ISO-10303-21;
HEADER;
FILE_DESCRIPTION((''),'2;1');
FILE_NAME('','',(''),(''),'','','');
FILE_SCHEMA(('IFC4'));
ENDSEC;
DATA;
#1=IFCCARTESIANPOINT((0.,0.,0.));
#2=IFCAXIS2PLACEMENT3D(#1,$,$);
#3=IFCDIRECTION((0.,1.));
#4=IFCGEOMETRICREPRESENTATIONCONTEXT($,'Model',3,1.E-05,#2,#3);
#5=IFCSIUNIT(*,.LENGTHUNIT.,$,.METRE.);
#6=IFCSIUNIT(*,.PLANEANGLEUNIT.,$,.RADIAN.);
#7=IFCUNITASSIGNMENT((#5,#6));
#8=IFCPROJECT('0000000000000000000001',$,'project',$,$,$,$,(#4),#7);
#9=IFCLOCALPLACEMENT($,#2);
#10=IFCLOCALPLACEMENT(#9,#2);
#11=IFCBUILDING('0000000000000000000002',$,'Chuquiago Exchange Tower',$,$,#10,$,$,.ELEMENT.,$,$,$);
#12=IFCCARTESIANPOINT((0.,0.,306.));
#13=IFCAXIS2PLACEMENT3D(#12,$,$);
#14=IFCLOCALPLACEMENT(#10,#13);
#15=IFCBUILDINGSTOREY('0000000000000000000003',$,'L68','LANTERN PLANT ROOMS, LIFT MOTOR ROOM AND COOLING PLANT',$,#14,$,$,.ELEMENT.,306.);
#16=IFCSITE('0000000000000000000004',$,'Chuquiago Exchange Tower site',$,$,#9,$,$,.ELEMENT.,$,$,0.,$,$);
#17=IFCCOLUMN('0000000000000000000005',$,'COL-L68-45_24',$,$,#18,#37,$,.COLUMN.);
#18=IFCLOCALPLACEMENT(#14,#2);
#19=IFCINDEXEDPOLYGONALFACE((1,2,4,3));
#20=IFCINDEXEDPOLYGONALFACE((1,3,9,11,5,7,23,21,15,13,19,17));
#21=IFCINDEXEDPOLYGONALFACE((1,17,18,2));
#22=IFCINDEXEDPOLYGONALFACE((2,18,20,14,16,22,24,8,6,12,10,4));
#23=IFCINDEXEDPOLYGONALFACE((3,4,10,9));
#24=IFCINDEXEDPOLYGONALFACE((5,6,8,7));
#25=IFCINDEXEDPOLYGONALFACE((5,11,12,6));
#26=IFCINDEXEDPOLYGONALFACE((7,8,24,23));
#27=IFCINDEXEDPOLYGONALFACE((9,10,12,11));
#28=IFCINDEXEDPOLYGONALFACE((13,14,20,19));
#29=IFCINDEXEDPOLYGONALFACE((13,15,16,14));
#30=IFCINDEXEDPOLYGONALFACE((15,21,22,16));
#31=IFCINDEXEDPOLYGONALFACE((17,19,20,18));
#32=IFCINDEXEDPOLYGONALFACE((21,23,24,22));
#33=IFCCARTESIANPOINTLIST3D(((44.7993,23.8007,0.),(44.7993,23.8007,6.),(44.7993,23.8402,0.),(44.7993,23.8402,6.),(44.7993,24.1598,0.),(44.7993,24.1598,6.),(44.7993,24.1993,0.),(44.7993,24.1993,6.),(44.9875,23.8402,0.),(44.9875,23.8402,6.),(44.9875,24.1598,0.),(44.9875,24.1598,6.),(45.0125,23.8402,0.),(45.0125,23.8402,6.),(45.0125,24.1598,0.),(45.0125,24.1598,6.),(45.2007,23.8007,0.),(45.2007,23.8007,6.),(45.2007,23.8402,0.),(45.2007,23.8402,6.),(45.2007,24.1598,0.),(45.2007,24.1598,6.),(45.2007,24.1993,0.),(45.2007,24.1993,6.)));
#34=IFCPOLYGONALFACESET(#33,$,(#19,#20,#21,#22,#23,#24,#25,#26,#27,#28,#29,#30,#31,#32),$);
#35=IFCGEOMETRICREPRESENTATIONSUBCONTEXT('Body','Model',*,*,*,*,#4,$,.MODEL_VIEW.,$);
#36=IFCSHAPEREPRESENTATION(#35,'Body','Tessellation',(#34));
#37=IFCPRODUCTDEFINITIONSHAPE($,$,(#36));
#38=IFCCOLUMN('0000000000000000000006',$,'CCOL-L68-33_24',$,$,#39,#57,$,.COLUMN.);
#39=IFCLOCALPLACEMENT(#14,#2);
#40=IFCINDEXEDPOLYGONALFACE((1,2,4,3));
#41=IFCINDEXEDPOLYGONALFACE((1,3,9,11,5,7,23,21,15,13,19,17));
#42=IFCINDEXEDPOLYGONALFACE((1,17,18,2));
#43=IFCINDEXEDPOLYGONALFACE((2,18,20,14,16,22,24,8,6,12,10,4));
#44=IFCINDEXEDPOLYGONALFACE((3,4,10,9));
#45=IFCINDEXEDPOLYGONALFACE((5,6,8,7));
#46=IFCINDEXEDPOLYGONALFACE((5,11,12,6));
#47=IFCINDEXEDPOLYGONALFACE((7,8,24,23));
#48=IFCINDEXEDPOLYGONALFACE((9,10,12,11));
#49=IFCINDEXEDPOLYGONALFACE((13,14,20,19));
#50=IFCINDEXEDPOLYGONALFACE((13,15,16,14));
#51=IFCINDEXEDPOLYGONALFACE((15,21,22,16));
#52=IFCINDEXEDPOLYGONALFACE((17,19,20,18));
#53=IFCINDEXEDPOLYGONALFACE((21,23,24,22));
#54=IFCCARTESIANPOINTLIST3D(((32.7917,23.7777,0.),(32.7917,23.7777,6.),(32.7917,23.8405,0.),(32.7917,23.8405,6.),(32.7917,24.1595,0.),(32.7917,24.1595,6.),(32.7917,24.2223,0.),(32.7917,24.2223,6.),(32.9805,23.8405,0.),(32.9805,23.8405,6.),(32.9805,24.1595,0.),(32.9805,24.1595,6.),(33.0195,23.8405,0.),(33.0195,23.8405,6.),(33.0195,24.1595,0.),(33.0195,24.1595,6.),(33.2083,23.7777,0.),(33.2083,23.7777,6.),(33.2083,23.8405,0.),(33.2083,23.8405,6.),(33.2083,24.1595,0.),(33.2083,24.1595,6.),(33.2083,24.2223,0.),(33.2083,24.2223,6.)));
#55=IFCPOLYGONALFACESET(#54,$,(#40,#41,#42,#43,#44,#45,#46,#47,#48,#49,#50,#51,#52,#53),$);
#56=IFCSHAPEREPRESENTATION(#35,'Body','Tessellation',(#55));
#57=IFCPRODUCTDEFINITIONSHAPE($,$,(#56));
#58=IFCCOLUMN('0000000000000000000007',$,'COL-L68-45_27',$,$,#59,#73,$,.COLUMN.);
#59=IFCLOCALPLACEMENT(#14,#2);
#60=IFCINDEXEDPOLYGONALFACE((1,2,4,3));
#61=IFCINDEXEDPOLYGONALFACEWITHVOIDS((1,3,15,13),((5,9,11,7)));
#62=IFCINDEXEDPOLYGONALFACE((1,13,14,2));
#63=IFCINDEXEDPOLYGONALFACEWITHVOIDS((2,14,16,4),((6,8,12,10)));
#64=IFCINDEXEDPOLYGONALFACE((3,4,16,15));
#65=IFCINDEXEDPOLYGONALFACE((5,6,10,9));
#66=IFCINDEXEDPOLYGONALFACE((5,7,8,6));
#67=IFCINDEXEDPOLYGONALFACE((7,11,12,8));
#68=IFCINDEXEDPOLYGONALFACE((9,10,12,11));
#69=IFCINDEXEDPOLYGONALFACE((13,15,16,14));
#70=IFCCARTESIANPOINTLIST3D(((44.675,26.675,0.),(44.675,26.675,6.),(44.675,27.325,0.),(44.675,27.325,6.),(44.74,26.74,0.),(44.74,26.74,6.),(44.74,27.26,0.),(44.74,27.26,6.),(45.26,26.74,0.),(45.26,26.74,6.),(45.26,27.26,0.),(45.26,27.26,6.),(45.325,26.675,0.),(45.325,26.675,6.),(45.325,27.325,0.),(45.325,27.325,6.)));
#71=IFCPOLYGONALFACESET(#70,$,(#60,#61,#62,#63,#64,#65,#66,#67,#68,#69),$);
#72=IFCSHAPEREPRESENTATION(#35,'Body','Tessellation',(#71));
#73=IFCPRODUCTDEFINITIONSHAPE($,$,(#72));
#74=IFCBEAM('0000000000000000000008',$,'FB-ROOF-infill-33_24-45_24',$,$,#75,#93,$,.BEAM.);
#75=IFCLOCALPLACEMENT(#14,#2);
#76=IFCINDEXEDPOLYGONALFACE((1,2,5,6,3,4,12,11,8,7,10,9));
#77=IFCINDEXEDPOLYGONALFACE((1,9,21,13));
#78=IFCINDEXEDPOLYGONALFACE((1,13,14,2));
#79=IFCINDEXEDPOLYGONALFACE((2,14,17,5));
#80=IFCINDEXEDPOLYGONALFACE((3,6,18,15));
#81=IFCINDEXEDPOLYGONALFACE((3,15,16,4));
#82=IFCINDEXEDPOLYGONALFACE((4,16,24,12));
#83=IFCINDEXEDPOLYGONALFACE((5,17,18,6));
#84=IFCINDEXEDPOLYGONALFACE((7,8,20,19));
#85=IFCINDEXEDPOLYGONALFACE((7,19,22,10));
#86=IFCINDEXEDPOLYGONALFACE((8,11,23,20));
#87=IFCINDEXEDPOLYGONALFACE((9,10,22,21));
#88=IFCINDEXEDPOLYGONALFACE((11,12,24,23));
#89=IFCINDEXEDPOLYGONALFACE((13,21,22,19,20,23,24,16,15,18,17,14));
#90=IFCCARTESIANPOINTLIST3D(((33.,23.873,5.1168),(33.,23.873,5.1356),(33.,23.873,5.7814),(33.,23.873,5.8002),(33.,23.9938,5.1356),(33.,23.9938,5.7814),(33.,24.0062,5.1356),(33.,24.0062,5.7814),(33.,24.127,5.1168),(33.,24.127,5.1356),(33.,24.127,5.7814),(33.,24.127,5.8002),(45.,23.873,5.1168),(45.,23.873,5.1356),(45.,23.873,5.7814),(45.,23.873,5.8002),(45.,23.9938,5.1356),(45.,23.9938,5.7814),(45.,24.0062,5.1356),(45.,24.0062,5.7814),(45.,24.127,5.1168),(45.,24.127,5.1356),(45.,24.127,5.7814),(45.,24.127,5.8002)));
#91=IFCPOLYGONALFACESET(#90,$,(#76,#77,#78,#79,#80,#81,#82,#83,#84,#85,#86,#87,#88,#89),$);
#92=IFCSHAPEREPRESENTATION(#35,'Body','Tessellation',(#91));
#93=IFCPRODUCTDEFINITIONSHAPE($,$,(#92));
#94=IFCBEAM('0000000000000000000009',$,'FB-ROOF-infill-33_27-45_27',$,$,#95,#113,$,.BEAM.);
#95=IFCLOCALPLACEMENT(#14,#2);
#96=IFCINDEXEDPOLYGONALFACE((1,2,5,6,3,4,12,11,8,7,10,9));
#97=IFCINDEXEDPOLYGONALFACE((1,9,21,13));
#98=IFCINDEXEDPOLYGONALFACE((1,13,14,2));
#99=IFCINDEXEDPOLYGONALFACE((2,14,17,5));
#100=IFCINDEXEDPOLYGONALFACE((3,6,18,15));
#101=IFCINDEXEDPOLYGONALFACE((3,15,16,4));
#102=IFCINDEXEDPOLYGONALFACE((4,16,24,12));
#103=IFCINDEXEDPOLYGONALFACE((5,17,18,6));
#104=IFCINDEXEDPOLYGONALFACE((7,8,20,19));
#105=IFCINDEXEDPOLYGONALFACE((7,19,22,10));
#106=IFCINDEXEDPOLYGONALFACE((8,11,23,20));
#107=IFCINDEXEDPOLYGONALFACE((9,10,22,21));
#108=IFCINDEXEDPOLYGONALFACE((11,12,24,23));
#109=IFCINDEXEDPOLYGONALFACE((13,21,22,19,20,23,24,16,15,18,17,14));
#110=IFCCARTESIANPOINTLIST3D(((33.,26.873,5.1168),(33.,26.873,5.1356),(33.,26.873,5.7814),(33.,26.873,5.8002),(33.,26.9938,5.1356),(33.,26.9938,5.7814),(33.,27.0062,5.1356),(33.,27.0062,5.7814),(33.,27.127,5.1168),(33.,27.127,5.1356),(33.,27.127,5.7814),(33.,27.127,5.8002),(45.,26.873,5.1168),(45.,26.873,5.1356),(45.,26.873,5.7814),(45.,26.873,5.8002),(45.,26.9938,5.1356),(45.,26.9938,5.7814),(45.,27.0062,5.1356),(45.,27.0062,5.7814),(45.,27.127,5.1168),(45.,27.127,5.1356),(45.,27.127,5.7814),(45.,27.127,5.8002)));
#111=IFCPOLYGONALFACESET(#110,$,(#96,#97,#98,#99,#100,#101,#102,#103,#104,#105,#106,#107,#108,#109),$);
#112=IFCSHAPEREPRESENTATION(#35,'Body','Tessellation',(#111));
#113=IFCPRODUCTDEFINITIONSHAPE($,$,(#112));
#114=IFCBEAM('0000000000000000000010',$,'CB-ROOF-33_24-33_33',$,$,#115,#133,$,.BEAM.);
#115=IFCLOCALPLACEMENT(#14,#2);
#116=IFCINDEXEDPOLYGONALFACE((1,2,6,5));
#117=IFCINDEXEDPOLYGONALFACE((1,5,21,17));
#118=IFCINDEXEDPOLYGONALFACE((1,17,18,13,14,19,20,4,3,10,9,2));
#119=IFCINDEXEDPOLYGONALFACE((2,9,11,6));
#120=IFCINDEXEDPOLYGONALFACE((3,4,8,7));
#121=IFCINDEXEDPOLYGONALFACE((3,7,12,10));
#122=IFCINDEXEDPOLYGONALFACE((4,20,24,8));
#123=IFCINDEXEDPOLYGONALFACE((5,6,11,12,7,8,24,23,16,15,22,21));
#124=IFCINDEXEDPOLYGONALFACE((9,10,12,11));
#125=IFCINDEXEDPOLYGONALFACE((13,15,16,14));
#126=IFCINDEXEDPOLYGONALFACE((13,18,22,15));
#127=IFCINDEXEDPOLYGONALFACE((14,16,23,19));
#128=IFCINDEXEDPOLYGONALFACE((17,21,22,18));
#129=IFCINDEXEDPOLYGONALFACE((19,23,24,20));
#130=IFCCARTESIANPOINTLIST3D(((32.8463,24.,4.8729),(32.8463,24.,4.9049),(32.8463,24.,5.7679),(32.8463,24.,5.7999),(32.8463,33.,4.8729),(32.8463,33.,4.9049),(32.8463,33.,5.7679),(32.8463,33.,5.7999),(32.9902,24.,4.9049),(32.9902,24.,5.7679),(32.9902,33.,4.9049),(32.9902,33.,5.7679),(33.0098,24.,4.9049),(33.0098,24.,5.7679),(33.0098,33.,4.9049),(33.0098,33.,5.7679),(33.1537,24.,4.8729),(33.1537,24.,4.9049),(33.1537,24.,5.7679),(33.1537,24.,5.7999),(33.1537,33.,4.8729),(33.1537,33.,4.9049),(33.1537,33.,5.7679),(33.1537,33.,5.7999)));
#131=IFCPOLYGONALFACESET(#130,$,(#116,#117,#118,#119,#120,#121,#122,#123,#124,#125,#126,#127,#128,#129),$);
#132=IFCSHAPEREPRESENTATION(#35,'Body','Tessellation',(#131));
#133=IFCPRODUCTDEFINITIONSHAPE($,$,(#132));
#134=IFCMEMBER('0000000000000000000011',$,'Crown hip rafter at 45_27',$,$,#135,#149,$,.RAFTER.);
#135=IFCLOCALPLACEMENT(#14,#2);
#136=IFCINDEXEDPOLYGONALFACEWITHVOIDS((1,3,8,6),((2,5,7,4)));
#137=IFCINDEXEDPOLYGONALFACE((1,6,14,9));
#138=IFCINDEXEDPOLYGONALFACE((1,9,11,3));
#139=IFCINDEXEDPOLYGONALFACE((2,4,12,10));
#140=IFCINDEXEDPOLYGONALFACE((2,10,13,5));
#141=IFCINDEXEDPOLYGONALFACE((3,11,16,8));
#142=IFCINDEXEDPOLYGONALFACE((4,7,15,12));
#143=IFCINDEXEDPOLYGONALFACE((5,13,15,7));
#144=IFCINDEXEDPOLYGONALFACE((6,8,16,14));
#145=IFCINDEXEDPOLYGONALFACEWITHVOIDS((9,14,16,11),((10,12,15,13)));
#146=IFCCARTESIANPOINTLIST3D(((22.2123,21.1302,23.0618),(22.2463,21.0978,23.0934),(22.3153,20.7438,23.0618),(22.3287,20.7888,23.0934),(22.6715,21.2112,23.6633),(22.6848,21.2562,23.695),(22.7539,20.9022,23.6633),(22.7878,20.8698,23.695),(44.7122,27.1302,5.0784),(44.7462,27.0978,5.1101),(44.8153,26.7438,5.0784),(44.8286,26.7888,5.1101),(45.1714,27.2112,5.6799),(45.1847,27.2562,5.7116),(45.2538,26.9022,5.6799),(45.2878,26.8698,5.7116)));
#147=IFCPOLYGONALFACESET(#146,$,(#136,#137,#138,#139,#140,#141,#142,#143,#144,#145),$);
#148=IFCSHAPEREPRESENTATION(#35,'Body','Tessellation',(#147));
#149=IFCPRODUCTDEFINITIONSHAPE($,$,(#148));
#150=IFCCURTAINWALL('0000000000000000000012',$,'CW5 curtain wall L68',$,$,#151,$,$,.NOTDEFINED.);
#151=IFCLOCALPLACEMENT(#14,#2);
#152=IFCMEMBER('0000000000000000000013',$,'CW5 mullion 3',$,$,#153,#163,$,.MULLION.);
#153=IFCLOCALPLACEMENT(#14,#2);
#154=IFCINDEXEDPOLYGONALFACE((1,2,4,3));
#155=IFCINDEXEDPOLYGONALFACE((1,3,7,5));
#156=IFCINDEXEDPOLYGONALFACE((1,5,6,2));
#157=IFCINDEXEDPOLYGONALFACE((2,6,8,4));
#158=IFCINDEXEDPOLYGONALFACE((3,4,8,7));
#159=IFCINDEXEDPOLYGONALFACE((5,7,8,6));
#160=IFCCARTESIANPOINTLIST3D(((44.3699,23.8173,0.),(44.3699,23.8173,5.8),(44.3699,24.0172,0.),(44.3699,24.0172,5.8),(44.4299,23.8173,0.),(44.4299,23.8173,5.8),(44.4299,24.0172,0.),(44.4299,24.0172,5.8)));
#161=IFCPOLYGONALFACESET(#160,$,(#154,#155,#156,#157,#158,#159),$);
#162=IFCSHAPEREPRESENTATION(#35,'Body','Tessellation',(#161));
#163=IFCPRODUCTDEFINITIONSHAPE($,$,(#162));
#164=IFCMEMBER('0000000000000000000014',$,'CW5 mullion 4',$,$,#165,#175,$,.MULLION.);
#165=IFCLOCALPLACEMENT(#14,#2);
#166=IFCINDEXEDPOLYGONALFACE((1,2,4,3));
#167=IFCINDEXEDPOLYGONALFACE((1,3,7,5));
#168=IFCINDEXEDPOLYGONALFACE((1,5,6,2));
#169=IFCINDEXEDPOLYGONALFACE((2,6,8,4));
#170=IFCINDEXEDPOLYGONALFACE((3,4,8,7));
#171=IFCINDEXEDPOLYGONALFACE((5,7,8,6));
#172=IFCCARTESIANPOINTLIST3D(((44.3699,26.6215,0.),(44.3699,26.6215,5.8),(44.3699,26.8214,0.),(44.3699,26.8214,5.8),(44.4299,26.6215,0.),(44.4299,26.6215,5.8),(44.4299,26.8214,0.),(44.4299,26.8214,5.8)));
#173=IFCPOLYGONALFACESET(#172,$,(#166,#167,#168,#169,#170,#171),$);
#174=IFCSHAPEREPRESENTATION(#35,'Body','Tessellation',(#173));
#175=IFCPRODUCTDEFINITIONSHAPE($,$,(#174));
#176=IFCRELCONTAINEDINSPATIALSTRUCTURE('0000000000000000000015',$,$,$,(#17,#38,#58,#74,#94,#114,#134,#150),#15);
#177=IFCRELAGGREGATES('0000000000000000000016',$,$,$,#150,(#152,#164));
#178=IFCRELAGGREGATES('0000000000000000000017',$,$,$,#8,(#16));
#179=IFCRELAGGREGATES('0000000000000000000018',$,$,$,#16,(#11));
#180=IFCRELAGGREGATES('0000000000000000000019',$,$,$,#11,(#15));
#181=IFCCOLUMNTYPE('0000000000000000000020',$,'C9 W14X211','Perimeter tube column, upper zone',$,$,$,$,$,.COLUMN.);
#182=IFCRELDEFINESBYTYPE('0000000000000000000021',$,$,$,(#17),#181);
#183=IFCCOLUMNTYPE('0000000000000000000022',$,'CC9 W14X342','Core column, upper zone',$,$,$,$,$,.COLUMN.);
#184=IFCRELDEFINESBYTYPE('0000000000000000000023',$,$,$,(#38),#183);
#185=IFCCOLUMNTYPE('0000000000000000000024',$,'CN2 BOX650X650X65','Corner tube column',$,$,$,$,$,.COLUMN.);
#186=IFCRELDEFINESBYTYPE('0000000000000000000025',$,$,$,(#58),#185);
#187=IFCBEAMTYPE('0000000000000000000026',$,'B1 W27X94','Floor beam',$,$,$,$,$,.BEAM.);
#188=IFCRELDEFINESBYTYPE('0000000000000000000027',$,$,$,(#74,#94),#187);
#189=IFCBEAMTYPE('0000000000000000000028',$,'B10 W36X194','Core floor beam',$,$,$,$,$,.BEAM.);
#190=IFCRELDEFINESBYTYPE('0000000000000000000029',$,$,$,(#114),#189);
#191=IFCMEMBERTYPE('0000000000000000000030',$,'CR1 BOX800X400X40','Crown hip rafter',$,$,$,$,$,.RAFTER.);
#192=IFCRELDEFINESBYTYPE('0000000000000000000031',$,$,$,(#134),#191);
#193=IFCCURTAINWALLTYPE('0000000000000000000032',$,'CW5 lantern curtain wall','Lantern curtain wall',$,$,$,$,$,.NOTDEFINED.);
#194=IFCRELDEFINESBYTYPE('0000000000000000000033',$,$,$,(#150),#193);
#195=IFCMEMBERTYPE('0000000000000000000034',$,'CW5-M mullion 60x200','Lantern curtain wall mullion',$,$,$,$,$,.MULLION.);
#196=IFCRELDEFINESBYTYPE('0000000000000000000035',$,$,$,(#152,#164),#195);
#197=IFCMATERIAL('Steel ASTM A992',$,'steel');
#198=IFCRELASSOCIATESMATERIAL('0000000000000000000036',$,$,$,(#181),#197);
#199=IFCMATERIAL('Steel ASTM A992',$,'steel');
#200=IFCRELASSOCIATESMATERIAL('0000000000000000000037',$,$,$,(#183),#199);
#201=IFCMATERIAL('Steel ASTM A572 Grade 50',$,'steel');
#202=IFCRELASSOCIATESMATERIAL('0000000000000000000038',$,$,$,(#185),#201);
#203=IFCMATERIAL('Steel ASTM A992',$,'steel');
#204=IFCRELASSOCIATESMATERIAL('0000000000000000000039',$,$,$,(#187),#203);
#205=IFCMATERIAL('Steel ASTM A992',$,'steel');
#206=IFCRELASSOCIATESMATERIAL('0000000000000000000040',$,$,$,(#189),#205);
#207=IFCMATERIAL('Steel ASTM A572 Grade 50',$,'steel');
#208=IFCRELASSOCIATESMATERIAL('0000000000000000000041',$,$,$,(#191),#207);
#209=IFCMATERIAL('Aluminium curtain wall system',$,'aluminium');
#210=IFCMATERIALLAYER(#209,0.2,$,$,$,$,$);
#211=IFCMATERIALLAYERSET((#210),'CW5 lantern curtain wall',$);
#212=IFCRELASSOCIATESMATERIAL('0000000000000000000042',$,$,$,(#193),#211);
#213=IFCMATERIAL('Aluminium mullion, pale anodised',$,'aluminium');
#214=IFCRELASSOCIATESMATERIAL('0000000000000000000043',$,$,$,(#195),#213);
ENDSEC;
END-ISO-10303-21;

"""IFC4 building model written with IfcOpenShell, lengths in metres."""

from ifc_helpers import new_model, si_unit, direction, frame, origin, origin_2d, place, context, subcontext, project, spatial, rectangle, hollow_rectangle, i_section, extrude, material, layer, layer_set, material_profile, profile_set, type_object, element, aggregate, save


model = new_model("IFC4")

# Units and contexts
model_context = context("Model", 3, precision=1e-05, world=origin(), true_north=direction((0.0, 1.0)))
body_context = subcontext(model_context, "Body", "Model", "MODEL_VIEW")
ifc_project = project(units=[si_unit("LENGTHUNIT", "METRE"), si_unit("PLANEANGLEUNIT", "RADIAN")], contexts=[model_context])

# Site, building, storey
site_placement = place(None, origin())
site = spatial("IfcSite", under=ifc_project, at=site_placement, Name="Chuquiago Exchange Tower site", CompositionType="ELEMENT", RefElevation=0.0)
building_placement = place(site_placement, origin())
building = spatial("IfcBuilding", under=site, at=building_placement, Name="Chuquiago Exchange Tower", CompositionType="ELEMENT")
storey_placement = place(building_placement, frame((0.0, 0.0, 306.0)))
storey = spatial("IfcBuildingStorey", under=building, at=storey_placement, Name="L68", Description="LANTERN PLANT ROOMS, LIFT MOTOR ROOM AND COOLING PLANT", CompositionType="ELEMENT", Elevation=306.0)

# Columns
ifc_material_1 = material(Name="Steel ASTM A992", Category="steel")
ifc_material_profile_1 = material_profile(ifc_material_1, i_section(OverallWidth=0.4014, OverallDepth=0.3987, WebThickness=0.0249, FlangeThickness=0.0396, at=origin_2d()), Name="W14X211")
ifc_profile_set_1 = profile_set([ifc_material_profile_1], Name="Steel ASTM A992")
column_type_1 = type_object("IfcColumnType", Name="C9 W14X211", Description="Perimeter tube column, upper zone", PredefinedType="COLUMN", material=ifc_profile_set_1)
column_1_placement = place(storey_placement, frame((45.0, 24.0, 0.0), z_axis=(0.0, 0.0, 1.0), x_axis=(1.0, 0.0, 0.0)))
element("IfcColumn", 1, at=column_1_placement, inside=storey, type_object=column_type_1, Name="COL-L68-45_24", PredefinedType="COLUMN", context=body_context, shape_type="SweptSolid", body=[
    extrude(i_section(OverallWidth=0.4014, OverallDepth=0.3987, WebThickness=0.0249, FlangeThickness=0.0396, at=origin_2d()), origin(), (0.0, 0.0, 1.0), 6.0),
])
ifc_material_2 = material(Name="Steel ASTM A992", Category="steel")
ifc_material_profile_2 = material_profile(ifc_material_2, i_section(OverallWidth=0.4165, OverallDepth=0.4446, WebThickness=0.0391, FlangeThickness=0.0627, at=origin_2d()), Name="W14X342")
ifc_profile_set_2 = profile_set([ifc_material_profile_2], Name="Steel ASTM A992")
column_type_2 = type_object("IfcColumnType", Name="CC9 W14X342", Description="Core column, upper zone", PredefinedType="COLUMN", material=ifc_profile_set_2)
column_2_placement = place(storey_placement, frame((33.0, 24.0, 0.0), z_axis=(0.0, 0.0, 1.0), x_axis=(1.0, 0.0, 0.0)))
element("IfcColumn", 2, at=column_2_placement, inside=storey, type_object=column_type_2, Name="CCOL-L68-33_24", PredefinedType="COLUMN", context=body_context, shape_type="SweptSolid", body=[
    extrude(i_section(OverallWidth=0.4165, OverallDepth=0.4446, WebThickness=0.0391, FlangeThickness=0.0627, at=origin_2d()), origin(), (0.0, 0.0, 1.0), 6.0),
])
ifc_material_3 = material(Name="Steel ASTM A572 Grade 50", Category="steel")
ifc_material_profile_3 = material_profile(ifc_material_3, hollow_rectangle(XDim=0.6499, YDim=0.6499, WallThickness=0.0649, at=origin_2d()), Name="BOX650X650X65")
ifc_profile_set_3 = profile_set([ifc_material_profile_3], Name="Steel ASTM A572 Grade 50")
column_type_3 = type_object("IfcColumnType", Name="CN2 BOX650X650X65", Description="Corner tube column", PredefinedType="COLUMN", material=ifc_profile_set_3)
column_3_placement = place(storey_placement, frame((45.0, 27.0, 0.0), z_axis=(0.0, 0.0, 1.0), x_axis=(1.0, 0.0, 0.0)))
element("IfcColumn", 3, at=column_3_placement, inside=storey, type_object=column_type_3, Name="COL-L68-45_27", PredefinedType="COLUMN", context=body_context, shape_type="SweptSolid", body=[
    extrude(hollow_rectangle(XDim=0.6499, YDim=0.6499, WallThickness=0.0649, at=origin_2d()), origin(), (0.0, 0.0, 1.0), 6.0),
])

# Beams
ifc_material_4 = material(Name="Steel ASTM A992", Category="steel")
ifc_material_profile_4 = material_profile(ifc_material_4, i_section(OverallWidth=0.2539, OverallDepth=0.6833, WebThickness=0.0125, FlangeThickness=0.0188, at=origin_2d()), Name="W27X94")
ifc_profile_set_4 = profile_set([ifc_material_profile_4], Name="Steel ASTM A992")
beam_type_1 = type_object("IfcBeamType", Name="B1 W27X94", Description="Floor beam", PredefinedType="BEAM", material=ifc_profile_set_4)
for number, where, z_axis, x_axis, name in (
    (4, (33.0, 24.0, 5.4585), (1.0, 0.0, 0.0), (0.0, 1.0, 0.0), "FB-ROOF-infill-33_24-45_24"),
    (5, (33.0, 27.0, 5.4585), (1.0, 0.0, 0.0), (0.0, 1.0, 0.0), "FB-ROOF-infill-33_27-45_27"),
):
    element("IfcBeam", number, at=place(storey_placement, frame(where, z_axis=z_axis, x_axis=x_axis)), inside=storey, type_object=beam_type_1, Name=name, PredefinedType="BEAM", context=body_context, shape_type="SweptSolid", body=[
        extrude(i_section(OverallWidth=0.2539, OverallDepth=0.6833, WebThickness=0.0125, FlangeThickness=0.0188, at=origin_2d()), origin(), (0.0, 0.0, 1.0), 12.0),
    ])
ifc_material_5 = material(Name="Steel ASTM A992", Category="steel")
ifc_material_profile_5 = material_profile(ifc_material_5, i_section(OverallWidth=0.3074, OverallDepth=0.927, WebThickness=0.0195, FlangeThickness=0.032, at=origin_2d()), Name="W36X194")
ifc_profile_set_5 = profile_set([ifc_material_profile_5], Name="Steel ASTM A992")
beam_type_2 = type_object("IfcBeamType", Name="B10 W36X194", Description="Core floor beam", PredefinedType="BEAM", material=ifc_profile_set_5)
beam_1_placement = place(storey_placement, frame((33.0, 24.0, 5.3364), z_axis=(0.0, 1.0, 0.0), x_axis=(-1.0, 0.0, 0.0)))
element("IfcBeam", 6, at=beam_1_placement, inside=storey, type_object=beam_type_2, Name="CB-ROOF-33_24-33_33", PredefinedType="BEAM", context=body_context, shape_type="SweptSolid", body=[
    extrude(i_section(OverallWidth=0.3074, OverallDepth=0.927, WebThickness=0.0195, FlangeThickness=0.032, at=origin_2d()), origin(), (0.0, 0.0, 1.0), 9.0),
])

# Member
ifc_material_6 = material(Name="Steel ASTM A572 Grade 50", Category="steel")
ifc_material_profile_6 = material_profile(ifc_material_6, hollow_rectangle(XDim=0.3999, YDim=0.8, WallThickness=0.04, at=origin_2d()), Name="BOX800X400X40")
ifc_profile_set_6 = profile_set([ifc_material_profile_6], Name="Steel ASTM A572 Grade 50")
member_type_1 = type_object("IfcMemberType", Name="CR1 BOX800X400X40", Description="Crown hip rafter", PredefinedType="RAFTER", material=ifc_profile_set_6)
member_1_placement = place(storey_placement, frame((45.0, 27.0, 5.395), z_axis=(-0.764735, -0.203929, 0.611223), x_axis=(0.257663, -0.966235, 0.0)))
element("IfcMember", 7, at=member_1_placement, inside=storey, type_object=member_type_1, Name="Crown hip rafter at 45_27", PredefinedType="RAFTER", context=body_context, shape_type="SweptSolid", body=[
    extrude(hollow_rectangle(XDim=0.3999, YDim=0.8, WallThickness=0.04, at=origin_2d()), origin(), (0.0, 0.0, 1.0), 29.4219),
])

# Curtain wall, members
ifc_material_7 = material(Name="Aluminium curtain wall system", Category="aluminium")
ifc_layer_1 = layer(ifc_material_7, 0.2)
ifc_layer_set_1 = layer_set([ifc_layer_1], Name="CW5 lantern curtain wall")
curtain_wall_type = type_object("IfcCurtainWallType", Name="CW5 lantern curtain wall", Description="Lantern curtain wall", PredefinedType="NOTDEFINED", material=ifc_layer_set_1)
curtain_wall_1_placement = place(storey_placement, origin())
curtain_wall_1 = element("IfcCurtainWall", 8, at=curtain_wall_1_placement, inside=storey, type_object=curtain_wall_type, Name="CW5 curtain wall L68", PredefinedType="NOTDEFINED")
ifc_material_8 = material(Name="Aluminium mullion, pale anodised", Category="aluminium")
ifc_material_profile_7 = material_profile(ifc_material_8, rectangle(XDim=0.0601, YDim=0.2, at=origin_2d()), Name="AL 60x200")
ifc_profile_set_7 = profile_set([ifc_material_profile_7], Name="Aluminium mullion, pale anodised")
member_type_2 = type_object("IfcMemberType", Name="CW5-M mullion 60x200", Description="Lantern curtain wall mullion", PredefinedType="MULLION", material=ifc_profile_set_7)
member_2_placement = place(storey_placement, frame((44.3999, 23.9172, 0.0), z_axis=(0.0, 0.0, 1.0), x_axis=(-1.0, 0.0, 0.0)))
member_2 = element("IfcMember", 9, at=member_2_placement, type_object=member_type_2, Name="CW5 mullion 3", PredefinedType="MULLION", context=body_context, shape_type="SweptSolid", body=[
    extrude(rectangle(XDim=0.0601, YDim=0.2, at=origin_2d()), origin(), (0.0, 0.0, 1.0), 5.8),
])
member_3_placement = place(storey_placement, frame((44.3999, 26.7214, 0.0), z_axis=(0.0, 0.0, 1.0), x_axis=(-1.0, 0.0, 0.0)))
member_3 = element("IfcMember", 10, at=member_3_placement, type_object=member_type_2, Name="CW5 mullion 4", PredefinedType="MULLION", context=body_context, shape_type="SweptSolid", body=[
    extrude(rectangle(XDim=0.0601, YDim=0.2, at=origin_2d()), origin(), (0.0, 0.0, 1.0), 5.8),
])

aggregate(curtain_wall_1, [member_2, member_3])

save(model, "model.ifc")
